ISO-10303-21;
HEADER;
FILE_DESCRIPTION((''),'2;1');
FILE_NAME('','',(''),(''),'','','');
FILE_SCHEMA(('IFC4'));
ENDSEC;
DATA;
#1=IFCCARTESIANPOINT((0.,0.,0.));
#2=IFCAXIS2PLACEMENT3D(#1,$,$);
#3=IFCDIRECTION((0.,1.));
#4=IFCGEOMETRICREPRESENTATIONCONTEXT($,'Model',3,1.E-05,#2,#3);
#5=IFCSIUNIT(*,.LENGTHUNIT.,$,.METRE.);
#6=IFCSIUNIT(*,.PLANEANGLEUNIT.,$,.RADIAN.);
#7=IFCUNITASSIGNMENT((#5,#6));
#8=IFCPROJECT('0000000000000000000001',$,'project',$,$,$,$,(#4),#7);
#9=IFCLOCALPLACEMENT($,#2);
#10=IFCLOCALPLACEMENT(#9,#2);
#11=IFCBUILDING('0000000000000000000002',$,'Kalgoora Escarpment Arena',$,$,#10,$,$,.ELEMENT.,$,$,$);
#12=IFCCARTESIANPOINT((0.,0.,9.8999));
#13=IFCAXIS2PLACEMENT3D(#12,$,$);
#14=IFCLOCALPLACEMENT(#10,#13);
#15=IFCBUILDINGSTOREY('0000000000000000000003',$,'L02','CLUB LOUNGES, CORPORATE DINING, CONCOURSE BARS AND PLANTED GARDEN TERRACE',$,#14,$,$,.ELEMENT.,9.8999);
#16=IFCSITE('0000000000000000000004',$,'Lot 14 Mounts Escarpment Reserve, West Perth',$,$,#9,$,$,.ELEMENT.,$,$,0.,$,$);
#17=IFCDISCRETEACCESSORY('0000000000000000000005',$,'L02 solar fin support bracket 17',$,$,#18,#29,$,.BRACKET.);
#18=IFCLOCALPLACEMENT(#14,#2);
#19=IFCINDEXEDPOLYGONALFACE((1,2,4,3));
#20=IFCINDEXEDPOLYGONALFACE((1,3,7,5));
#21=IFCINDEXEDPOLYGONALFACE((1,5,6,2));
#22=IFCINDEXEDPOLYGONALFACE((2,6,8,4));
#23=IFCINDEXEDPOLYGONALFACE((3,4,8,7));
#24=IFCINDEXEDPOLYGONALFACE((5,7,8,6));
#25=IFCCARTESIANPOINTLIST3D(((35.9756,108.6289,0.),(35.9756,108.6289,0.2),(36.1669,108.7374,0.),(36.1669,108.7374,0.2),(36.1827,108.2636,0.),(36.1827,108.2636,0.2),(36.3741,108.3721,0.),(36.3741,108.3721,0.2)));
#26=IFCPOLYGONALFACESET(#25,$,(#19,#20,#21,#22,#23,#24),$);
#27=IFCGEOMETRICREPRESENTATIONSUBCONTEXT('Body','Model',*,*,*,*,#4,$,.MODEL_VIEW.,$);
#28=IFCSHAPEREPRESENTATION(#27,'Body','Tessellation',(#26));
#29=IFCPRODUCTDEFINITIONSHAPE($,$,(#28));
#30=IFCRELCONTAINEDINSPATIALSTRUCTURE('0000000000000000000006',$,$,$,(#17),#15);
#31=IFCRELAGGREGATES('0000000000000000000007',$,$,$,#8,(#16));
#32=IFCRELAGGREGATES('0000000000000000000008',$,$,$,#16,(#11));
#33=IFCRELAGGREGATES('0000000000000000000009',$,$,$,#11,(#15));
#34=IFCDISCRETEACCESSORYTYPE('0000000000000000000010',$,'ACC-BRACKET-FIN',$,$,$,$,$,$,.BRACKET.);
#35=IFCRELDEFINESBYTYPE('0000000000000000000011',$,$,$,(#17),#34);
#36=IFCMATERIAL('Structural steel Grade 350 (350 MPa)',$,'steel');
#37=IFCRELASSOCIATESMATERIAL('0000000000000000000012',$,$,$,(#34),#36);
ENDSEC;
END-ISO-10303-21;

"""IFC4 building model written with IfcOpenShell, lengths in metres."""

from ifc_helpers import new_model, si_unit, direction, frame, origin, origin_2d, place, context, subcontext, project, spatial, rectangle, extrude, material, type_object, element, save


model = new_model("IFC4")

# Units and contexts
model_context = context("Model", 3, precision=1e-05, world=origin(), true_north=direction((0.0, 1.0)))
body_context = subcontext(model_context, "Body", "Model", "MODEL_VIEW")
ifc_project = project(units=[si_unit("LENGTHUNIT", "METRE"), si_unit("PLANEANGLEUNIT", "RADIAN")], contexts=[model_context])

# Site, building, storey
site_placement = place(None, origin())
site = spatial("IfcSite", under=ifc_project, at=site_placement, Name="Lot 14 Mounts Escarpment Reserve, West Perth", CompositionType="ELEMENT", RefElevation=0.0)
building_placement = place(site_placement, origin())
building = spatial("IfcBuilding", under=site, at=building_placement, Name="Kalgoora Escarpment Arena", CompositionType="ELEMENT")
storey_placement = place(building_placement, frame((0.0, 0.0, 9.8999)))
storey = spatial("IfcBuildingStorey", under=building, at=storey_placement, Name="L02", Description="CLUB LOUNGES, CORPORATE DINING, CONCOURSE BARS AND PLANTED GARDEN TERRACE", CompositionType="ELEMENT", Elevation=9.8999)

# Discrete accessory
ifc_material_1 = material(Name="Structural steel Grade 350 (350 MPa)", Category="steel")
discrete_accessory_type = type_object("IfcDiscreteAccessoryType", Name="ACC-BRACKET-FIN", PredefinedType="BRACKET", material=ifc_material_1)
discrete_accessory_placement = place(storey_placement, frame((36.1748, 108.5005, 0.0), z_axis=(0.0, 0.0, 1.0), x_axis=(-0.493335, 0.86984, 0.0)))
element("IfcDiscreteAccessory", 1, at=discrete_accessory_placement, inside=storey, type_object=discrete_accessory_type, Name="L02 solar fin support bracket 17", PredefinedType="BRACKET", context=body_context, shape_type="SweptSolid", body=[
    extrude(rectangle(XDim=0.4199, YDim=0.22, at=origin_2d()), origin(), (0.0, 0.0, 1.0), 0.2),
])

save(model, "model.ifc")
